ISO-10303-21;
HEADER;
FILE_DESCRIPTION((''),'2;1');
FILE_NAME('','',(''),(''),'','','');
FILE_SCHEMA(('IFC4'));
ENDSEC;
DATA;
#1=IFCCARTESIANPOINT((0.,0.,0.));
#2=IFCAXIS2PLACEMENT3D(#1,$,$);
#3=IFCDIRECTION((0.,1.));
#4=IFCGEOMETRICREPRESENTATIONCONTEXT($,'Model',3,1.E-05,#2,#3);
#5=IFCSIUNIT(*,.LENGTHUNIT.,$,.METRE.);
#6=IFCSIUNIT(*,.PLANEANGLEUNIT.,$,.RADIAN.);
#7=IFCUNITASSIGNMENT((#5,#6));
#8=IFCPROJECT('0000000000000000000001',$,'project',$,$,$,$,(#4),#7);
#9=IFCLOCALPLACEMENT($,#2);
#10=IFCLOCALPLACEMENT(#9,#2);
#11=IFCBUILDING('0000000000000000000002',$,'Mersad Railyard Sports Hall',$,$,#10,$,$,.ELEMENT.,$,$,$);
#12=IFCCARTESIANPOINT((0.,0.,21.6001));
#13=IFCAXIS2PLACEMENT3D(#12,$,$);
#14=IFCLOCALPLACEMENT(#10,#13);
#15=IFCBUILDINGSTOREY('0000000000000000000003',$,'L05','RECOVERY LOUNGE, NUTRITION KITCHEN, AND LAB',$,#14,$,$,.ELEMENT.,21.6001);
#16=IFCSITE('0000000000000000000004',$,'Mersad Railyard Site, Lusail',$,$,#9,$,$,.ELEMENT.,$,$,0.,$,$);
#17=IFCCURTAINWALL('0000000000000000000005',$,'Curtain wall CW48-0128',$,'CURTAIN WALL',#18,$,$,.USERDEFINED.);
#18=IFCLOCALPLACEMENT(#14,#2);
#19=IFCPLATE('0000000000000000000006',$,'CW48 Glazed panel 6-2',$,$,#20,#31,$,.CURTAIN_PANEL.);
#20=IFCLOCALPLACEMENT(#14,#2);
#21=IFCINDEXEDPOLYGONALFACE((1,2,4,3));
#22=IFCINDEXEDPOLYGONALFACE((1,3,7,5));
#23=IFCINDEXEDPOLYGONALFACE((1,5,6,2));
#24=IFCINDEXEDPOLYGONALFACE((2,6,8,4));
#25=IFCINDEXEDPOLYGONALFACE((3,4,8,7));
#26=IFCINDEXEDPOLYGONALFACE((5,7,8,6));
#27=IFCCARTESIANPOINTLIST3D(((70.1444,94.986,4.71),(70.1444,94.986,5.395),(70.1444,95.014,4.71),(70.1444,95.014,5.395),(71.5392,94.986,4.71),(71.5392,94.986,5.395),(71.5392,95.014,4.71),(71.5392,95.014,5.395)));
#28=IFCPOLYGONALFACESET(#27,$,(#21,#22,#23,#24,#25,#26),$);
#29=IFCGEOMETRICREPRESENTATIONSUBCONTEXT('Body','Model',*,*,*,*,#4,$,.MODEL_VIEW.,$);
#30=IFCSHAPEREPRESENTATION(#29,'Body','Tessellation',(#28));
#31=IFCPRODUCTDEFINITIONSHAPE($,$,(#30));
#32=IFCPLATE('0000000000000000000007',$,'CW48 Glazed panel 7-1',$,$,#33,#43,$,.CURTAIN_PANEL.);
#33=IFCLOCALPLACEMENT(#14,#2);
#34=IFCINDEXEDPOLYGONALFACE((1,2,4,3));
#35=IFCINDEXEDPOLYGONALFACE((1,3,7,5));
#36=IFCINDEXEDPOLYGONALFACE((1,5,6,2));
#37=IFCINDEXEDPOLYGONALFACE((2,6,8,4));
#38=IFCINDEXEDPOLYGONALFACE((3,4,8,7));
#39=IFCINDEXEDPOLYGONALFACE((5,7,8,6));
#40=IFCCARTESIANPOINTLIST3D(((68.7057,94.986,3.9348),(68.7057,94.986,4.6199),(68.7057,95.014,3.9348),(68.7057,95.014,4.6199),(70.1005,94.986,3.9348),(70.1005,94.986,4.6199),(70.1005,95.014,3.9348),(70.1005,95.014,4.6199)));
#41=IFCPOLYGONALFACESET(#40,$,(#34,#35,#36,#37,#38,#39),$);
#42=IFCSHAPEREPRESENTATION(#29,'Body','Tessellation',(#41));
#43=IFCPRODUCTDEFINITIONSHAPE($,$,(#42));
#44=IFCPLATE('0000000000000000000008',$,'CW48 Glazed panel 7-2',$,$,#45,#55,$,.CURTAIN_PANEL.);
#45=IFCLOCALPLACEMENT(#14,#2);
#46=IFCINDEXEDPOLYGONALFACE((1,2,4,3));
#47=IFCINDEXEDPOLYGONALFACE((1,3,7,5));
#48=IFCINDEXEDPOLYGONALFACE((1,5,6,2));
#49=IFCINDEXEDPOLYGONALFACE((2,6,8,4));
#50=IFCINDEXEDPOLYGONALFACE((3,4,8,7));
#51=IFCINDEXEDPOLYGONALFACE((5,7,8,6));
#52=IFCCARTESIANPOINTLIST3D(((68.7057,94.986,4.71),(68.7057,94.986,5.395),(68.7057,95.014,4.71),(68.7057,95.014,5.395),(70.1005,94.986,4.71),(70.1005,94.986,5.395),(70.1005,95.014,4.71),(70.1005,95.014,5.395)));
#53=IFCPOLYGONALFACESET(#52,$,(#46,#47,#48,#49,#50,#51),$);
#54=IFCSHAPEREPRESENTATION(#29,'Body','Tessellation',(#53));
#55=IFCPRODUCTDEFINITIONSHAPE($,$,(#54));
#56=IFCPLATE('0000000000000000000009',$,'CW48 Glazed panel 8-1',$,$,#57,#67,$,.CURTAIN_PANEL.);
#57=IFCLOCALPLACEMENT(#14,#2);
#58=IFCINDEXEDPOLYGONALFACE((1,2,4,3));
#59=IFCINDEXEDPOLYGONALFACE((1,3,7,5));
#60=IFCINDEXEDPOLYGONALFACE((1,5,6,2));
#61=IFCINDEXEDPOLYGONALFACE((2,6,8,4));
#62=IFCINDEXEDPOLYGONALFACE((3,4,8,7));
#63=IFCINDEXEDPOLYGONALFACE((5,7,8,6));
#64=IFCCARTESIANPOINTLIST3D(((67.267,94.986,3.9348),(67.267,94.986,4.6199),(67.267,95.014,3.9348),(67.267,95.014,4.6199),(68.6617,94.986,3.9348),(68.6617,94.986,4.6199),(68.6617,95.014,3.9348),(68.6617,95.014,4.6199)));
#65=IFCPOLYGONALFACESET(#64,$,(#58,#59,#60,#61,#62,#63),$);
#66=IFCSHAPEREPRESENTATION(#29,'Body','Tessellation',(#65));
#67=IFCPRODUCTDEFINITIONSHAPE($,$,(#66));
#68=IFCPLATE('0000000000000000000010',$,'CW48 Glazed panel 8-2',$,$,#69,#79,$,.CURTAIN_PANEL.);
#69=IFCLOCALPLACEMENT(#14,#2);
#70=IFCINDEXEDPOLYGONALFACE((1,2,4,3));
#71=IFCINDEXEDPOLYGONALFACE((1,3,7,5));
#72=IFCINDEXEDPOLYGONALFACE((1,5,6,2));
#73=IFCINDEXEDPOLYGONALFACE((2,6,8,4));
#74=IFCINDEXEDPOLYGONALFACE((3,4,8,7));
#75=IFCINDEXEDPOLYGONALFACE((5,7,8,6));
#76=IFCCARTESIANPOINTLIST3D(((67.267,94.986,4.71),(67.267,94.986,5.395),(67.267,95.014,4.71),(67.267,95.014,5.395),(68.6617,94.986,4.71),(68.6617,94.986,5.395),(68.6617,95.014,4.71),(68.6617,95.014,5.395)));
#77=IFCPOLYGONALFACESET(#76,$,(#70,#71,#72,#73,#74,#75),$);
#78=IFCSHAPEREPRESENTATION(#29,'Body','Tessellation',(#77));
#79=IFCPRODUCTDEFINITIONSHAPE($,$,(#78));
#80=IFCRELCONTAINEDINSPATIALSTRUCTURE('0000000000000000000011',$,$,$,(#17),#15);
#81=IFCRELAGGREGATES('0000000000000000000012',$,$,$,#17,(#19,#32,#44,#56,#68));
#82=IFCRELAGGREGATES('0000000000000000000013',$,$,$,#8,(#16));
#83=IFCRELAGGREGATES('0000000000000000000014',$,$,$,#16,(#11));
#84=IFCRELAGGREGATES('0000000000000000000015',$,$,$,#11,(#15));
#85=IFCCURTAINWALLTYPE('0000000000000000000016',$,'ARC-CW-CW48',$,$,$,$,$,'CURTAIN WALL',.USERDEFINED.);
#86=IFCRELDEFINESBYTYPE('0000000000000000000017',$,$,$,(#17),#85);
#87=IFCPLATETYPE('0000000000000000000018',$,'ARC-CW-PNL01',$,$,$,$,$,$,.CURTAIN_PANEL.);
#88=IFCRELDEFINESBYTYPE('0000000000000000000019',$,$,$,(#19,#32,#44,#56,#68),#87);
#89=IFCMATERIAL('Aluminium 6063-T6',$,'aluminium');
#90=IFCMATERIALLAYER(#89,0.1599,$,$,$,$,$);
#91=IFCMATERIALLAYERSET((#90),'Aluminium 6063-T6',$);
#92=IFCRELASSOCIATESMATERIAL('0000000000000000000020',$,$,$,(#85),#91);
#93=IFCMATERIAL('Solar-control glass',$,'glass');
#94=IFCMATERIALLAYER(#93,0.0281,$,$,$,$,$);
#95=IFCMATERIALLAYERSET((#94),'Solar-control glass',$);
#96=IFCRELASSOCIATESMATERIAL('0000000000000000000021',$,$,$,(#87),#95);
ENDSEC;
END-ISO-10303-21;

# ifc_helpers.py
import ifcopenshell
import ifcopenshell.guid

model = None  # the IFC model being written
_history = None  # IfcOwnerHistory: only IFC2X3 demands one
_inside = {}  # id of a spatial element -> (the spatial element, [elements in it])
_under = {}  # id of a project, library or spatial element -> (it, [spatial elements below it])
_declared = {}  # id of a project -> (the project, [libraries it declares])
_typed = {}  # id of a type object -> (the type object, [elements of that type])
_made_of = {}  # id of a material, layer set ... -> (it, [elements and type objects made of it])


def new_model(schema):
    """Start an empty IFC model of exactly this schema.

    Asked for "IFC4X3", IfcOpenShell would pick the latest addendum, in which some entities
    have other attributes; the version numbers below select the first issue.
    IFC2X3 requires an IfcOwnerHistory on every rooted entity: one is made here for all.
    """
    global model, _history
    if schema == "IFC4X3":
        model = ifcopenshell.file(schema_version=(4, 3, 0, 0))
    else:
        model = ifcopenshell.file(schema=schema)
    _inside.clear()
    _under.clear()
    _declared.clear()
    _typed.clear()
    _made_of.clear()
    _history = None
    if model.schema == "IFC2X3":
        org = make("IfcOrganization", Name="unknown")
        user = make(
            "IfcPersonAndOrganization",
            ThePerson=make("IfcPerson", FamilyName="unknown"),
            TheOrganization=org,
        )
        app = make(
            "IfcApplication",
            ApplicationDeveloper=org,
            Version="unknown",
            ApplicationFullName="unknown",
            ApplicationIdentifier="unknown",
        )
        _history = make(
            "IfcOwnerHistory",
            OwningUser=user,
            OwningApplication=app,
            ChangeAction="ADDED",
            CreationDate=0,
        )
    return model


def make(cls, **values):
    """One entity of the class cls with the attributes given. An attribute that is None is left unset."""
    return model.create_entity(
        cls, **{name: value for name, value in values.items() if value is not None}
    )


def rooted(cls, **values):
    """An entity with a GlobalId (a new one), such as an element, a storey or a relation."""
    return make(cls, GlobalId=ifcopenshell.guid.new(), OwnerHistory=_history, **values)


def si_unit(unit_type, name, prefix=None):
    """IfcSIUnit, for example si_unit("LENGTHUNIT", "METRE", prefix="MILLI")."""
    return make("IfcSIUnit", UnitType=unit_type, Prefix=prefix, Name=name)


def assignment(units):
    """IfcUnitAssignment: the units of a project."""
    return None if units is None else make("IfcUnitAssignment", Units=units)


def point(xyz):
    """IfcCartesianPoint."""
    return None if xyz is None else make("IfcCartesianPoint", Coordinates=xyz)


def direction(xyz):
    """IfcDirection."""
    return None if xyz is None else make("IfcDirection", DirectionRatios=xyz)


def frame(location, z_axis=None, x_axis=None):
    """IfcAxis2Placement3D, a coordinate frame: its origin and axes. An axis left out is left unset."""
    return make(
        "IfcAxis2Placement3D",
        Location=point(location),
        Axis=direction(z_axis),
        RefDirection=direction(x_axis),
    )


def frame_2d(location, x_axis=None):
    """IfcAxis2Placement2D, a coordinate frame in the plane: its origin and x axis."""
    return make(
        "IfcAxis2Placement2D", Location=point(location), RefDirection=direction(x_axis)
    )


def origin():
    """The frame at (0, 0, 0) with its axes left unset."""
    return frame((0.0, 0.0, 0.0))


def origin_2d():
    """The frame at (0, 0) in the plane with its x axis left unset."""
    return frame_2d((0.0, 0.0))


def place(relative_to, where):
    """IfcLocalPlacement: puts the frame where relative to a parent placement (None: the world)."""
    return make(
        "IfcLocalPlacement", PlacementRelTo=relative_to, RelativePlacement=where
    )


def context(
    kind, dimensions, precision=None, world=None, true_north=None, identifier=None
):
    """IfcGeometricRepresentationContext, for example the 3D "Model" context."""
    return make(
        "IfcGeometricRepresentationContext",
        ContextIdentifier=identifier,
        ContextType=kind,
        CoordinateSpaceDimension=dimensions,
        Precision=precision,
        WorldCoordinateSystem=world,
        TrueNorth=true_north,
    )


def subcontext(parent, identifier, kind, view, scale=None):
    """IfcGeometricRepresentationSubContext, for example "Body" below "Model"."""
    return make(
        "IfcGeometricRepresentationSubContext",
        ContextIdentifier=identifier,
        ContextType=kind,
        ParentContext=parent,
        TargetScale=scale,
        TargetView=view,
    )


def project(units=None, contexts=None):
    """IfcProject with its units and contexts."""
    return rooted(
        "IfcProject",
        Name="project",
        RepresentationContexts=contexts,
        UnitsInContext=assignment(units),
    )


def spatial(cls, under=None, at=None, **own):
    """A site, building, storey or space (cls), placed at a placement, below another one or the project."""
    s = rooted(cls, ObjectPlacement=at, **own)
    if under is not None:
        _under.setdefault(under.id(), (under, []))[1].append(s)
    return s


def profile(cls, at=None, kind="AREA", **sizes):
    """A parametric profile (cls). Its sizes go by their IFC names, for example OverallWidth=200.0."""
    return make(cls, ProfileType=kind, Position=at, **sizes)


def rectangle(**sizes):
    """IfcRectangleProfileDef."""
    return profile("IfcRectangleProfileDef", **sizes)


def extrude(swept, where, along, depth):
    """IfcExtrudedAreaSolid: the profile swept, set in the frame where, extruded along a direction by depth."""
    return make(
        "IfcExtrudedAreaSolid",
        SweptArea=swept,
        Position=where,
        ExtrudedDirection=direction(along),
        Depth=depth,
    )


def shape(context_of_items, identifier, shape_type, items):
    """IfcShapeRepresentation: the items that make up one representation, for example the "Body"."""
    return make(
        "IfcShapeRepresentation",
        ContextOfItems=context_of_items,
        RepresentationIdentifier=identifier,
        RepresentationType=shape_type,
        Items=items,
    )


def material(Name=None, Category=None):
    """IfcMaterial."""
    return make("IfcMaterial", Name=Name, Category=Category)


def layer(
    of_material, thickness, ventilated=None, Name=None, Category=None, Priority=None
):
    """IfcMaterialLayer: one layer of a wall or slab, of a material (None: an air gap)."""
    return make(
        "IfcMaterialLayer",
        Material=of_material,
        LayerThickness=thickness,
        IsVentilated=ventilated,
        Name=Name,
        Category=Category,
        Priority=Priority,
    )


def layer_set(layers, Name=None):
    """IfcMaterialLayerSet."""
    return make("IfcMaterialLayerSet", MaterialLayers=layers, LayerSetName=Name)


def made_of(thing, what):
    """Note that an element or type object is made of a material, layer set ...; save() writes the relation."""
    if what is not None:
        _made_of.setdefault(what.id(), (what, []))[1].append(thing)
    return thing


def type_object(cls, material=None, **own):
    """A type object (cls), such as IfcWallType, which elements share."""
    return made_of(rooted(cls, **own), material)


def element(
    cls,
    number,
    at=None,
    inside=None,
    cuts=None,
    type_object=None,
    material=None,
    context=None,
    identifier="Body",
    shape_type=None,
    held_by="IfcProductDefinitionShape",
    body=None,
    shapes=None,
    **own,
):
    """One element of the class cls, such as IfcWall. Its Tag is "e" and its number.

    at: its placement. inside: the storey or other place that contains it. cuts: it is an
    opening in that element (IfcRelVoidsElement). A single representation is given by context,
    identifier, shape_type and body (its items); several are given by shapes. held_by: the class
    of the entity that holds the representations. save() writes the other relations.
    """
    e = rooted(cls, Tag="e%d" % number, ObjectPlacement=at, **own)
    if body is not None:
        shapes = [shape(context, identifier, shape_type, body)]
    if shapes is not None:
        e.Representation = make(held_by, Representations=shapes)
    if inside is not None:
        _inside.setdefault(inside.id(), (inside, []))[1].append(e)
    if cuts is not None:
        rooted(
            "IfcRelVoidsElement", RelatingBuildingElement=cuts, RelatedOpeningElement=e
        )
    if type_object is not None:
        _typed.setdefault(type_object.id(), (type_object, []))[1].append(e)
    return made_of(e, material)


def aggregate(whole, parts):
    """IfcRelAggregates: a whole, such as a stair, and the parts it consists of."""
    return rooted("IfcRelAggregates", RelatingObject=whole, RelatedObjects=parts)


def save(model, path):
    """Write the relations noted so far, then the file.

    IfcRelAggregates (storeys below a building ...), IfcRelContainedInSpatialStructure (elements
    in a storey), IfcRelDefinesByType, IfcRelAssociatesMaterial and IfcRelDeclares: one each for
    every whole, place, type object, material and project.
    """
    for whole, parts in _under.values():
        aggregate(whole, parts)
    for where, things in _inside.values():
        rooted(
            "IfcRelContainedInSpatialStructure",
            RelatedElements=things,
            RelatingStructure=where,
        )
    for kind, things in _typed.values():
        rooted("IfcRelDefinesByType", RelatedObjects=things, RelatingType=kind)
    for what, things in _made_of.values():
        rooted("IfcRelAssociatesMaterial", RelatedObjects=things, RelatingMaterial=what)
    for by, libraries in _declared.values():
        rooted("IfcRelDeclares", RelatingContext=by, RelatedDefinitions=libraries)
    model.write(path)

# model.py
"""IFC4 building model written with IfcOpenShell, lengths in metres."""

from ifc_helpers import new_model, si_unit, direction, frame, origin, origin_2d, place, context, subcontext, project, spatial, rectangle, extrude, material, layer, layer_set, type_object, element, aggregate, save


model = new_model("IFC4")

# Units and contexts
model_context = context("Model", 3, precision=1e-05, world=origin(), true_north=direction((0.0, 1.0)))
body_context = subcontext(model_context, "Body", "Model", "MODEL_VIEW")
ifc_project = project(units=[si_unit("LENGTHUNIT", "METRE"), si_unit("PLANEANGLEUNIT", "RADIAN")], contexts=[model_context])

# Site, building, storey
site_placement = place(None, origin())
site = spatial("IfcSite", under=ifc_project, at=site_placement, Name="Mersad Railyard Site, Lusail", CompositionType="ELEMENT", RefElevation=0.0)
building_placement = place(site_placement, origin())
building = spatial("IfcBuilding", under=site, at=building_placement, Name="Mersad Railyard Sports Hall", CompositionType="ELEMENT")
storey_placement = place(building_placement, frame((0.0, 0.0, 21.6001)))
storey = spatial("IfcBuildingStorey", under=building, at=storey_placement, Name="L05", Description="RECOVERY LOUNGE, NUTRITION KITCHEN, AND LAB", CompositionType="ELEMENT", Elevation=21.6001)

# Curtain wall
ifc_material_1 = material(Name="Aluminium 6063-T6", Category="aluminium")
ifc_layer_1 = layer(ifc_material_1, 0.1599)
ifc_layer_set_1 = layer_set([ifc_layer_1], Name="Aluminium 6063-T6")
curtain_wall_type = type_object("IfcCurtainWallType", Name="ARC-CW-CW48", ElementType="CURTAIN WALL", PredefinedType="USERDEFINED", material=ifc_layer_set_1)
curtain_wall_placement = place(storey_placement, origin())
curtain_wall = element("IfcCurtainWall", 1, at=curtain_wall_placement, inside=storey, type_object=curtain_wall_type, Name="Curtain wall CW48-0128", ObjectType="CURTAIN WALL", PredefinedType="USERDEFINED")

# Plates
ifc_material_2 = material(Name="Solar-control glass", Category="glass")
ifc_layer_2 = layer(ifc_material_2, 0.0281)
ifc_layer_set_2 = layer_set([ifc_layer_2], Name="Solar-control glass")
plate_type = type_object("IfcPlateType", Name="ARC-CW-PNL01", PredefinedType="CURTAIN_PANEL", material=ifc_layer_set_2)
plate_1_placement = place(storey_placement, frame((70.8418, 95.0, 4.71), z_axis=(0.0, 0.0, 1.0), x_axis=(-1.0, 0.0, 0.0)))
plate_1 = element("IfcPlate", 2, at=plate_1_placement, type_object=plate_type, Name="CW48 Glazed panel 6-2", PredefinedType="CURTAIN_PANEL", context=body_context, shape_type="SweptSolid", body=[
    extrude(rectangle(XDim=1.3948, YDim=0.0281, at=origin_2d()), origin(), (0.0, 0.0, 1.0), 0.6851),
])
plate_2_placement = place(storey_placement, frame((69.4031, 95.0, 3.9348), z_axis=(0.0, 0.0, 1.0), x_axis=(-1.0, 0.0, 0.0)))
plate_2 = element("IfcPlate", 3, at=plate_2_placement, type_object=plate_type, Name="CW48 Glazed panel 7-1", PredefinedType="CURTAIN_PANEL", context=body_context, shape_type="SweptSolid", body=[
    extrude(rectangle(XDim=1.3948, YDim=0.0281, at=origin_2d()), origin(), (0.0, 0.0, 1.0), 0.6851),
])
plate_3_placement = place(storey_placement, frame((69.4031, 95.0, 4.71), z_axis=(0.0, 0.0, 1.0), x_axis=(-1.0, 0.0, 0.0)))
plate_3 = element("IfcPlate", 4, at=plate_3_placement, type_object=plate_type, Name="CW48 Glazed panel 7-2", PredefinedType="CURTAIN_PANEL", context=body_context, shape_type="SweptSolid", body=[
    extrude(rectangle(XDim=1.3948, YDim=0.0281, at=origin_2d()), origin(), (0.0, 0.0, 1.0), 0.6851),
])
plate_4_placement = place(storey_placement, frame((67.9644, 95.0, 3.9348), z_axis=(0.0, 0.0, 1.0), x_axis=(-1.0, 0.0, 0.0)))
plate_4 = element("IfcPlate", 5, at=plate_4_placement, type_object=plate_type, Name="CW48 Glazed panel 8-1", PredefinedType="CURTAIN_PANEL", context=body_context, shape_type="SweptSolid", body=[
    extrude(rectangle(XDim=1.3948, YDim=0.0281, at=origin_2d()), origin(), (0.0, 0.0, 1.0), 0.6851),
])
plate_5_placement = place(storey_placement, frame((67.9644, 95.0, 4.71), z_axis=(0.0, 0.0, 1.0), x_axis=(-1.0, 0.0, 0.0)))
plate_5 = element("IfcPlate", 6, at=plate_5_placement, type_object=plate_type, Name="CW48 Glazed panel 8-2", PredefinedType="CURTAIN_PANEL", context=body_context, shape_type="SweptSolid", body=[
    extrude(rectangle(XDim=1.3948, YDim=0.0281, at=origin_2d()), origin(), (0.0, 0.0, 1.0), 0.6851),
])
aggregate(curtain_wall, [plate_1, plate_2, plate_3, plate_4, plate_5])

save(model, "model.ifc")
